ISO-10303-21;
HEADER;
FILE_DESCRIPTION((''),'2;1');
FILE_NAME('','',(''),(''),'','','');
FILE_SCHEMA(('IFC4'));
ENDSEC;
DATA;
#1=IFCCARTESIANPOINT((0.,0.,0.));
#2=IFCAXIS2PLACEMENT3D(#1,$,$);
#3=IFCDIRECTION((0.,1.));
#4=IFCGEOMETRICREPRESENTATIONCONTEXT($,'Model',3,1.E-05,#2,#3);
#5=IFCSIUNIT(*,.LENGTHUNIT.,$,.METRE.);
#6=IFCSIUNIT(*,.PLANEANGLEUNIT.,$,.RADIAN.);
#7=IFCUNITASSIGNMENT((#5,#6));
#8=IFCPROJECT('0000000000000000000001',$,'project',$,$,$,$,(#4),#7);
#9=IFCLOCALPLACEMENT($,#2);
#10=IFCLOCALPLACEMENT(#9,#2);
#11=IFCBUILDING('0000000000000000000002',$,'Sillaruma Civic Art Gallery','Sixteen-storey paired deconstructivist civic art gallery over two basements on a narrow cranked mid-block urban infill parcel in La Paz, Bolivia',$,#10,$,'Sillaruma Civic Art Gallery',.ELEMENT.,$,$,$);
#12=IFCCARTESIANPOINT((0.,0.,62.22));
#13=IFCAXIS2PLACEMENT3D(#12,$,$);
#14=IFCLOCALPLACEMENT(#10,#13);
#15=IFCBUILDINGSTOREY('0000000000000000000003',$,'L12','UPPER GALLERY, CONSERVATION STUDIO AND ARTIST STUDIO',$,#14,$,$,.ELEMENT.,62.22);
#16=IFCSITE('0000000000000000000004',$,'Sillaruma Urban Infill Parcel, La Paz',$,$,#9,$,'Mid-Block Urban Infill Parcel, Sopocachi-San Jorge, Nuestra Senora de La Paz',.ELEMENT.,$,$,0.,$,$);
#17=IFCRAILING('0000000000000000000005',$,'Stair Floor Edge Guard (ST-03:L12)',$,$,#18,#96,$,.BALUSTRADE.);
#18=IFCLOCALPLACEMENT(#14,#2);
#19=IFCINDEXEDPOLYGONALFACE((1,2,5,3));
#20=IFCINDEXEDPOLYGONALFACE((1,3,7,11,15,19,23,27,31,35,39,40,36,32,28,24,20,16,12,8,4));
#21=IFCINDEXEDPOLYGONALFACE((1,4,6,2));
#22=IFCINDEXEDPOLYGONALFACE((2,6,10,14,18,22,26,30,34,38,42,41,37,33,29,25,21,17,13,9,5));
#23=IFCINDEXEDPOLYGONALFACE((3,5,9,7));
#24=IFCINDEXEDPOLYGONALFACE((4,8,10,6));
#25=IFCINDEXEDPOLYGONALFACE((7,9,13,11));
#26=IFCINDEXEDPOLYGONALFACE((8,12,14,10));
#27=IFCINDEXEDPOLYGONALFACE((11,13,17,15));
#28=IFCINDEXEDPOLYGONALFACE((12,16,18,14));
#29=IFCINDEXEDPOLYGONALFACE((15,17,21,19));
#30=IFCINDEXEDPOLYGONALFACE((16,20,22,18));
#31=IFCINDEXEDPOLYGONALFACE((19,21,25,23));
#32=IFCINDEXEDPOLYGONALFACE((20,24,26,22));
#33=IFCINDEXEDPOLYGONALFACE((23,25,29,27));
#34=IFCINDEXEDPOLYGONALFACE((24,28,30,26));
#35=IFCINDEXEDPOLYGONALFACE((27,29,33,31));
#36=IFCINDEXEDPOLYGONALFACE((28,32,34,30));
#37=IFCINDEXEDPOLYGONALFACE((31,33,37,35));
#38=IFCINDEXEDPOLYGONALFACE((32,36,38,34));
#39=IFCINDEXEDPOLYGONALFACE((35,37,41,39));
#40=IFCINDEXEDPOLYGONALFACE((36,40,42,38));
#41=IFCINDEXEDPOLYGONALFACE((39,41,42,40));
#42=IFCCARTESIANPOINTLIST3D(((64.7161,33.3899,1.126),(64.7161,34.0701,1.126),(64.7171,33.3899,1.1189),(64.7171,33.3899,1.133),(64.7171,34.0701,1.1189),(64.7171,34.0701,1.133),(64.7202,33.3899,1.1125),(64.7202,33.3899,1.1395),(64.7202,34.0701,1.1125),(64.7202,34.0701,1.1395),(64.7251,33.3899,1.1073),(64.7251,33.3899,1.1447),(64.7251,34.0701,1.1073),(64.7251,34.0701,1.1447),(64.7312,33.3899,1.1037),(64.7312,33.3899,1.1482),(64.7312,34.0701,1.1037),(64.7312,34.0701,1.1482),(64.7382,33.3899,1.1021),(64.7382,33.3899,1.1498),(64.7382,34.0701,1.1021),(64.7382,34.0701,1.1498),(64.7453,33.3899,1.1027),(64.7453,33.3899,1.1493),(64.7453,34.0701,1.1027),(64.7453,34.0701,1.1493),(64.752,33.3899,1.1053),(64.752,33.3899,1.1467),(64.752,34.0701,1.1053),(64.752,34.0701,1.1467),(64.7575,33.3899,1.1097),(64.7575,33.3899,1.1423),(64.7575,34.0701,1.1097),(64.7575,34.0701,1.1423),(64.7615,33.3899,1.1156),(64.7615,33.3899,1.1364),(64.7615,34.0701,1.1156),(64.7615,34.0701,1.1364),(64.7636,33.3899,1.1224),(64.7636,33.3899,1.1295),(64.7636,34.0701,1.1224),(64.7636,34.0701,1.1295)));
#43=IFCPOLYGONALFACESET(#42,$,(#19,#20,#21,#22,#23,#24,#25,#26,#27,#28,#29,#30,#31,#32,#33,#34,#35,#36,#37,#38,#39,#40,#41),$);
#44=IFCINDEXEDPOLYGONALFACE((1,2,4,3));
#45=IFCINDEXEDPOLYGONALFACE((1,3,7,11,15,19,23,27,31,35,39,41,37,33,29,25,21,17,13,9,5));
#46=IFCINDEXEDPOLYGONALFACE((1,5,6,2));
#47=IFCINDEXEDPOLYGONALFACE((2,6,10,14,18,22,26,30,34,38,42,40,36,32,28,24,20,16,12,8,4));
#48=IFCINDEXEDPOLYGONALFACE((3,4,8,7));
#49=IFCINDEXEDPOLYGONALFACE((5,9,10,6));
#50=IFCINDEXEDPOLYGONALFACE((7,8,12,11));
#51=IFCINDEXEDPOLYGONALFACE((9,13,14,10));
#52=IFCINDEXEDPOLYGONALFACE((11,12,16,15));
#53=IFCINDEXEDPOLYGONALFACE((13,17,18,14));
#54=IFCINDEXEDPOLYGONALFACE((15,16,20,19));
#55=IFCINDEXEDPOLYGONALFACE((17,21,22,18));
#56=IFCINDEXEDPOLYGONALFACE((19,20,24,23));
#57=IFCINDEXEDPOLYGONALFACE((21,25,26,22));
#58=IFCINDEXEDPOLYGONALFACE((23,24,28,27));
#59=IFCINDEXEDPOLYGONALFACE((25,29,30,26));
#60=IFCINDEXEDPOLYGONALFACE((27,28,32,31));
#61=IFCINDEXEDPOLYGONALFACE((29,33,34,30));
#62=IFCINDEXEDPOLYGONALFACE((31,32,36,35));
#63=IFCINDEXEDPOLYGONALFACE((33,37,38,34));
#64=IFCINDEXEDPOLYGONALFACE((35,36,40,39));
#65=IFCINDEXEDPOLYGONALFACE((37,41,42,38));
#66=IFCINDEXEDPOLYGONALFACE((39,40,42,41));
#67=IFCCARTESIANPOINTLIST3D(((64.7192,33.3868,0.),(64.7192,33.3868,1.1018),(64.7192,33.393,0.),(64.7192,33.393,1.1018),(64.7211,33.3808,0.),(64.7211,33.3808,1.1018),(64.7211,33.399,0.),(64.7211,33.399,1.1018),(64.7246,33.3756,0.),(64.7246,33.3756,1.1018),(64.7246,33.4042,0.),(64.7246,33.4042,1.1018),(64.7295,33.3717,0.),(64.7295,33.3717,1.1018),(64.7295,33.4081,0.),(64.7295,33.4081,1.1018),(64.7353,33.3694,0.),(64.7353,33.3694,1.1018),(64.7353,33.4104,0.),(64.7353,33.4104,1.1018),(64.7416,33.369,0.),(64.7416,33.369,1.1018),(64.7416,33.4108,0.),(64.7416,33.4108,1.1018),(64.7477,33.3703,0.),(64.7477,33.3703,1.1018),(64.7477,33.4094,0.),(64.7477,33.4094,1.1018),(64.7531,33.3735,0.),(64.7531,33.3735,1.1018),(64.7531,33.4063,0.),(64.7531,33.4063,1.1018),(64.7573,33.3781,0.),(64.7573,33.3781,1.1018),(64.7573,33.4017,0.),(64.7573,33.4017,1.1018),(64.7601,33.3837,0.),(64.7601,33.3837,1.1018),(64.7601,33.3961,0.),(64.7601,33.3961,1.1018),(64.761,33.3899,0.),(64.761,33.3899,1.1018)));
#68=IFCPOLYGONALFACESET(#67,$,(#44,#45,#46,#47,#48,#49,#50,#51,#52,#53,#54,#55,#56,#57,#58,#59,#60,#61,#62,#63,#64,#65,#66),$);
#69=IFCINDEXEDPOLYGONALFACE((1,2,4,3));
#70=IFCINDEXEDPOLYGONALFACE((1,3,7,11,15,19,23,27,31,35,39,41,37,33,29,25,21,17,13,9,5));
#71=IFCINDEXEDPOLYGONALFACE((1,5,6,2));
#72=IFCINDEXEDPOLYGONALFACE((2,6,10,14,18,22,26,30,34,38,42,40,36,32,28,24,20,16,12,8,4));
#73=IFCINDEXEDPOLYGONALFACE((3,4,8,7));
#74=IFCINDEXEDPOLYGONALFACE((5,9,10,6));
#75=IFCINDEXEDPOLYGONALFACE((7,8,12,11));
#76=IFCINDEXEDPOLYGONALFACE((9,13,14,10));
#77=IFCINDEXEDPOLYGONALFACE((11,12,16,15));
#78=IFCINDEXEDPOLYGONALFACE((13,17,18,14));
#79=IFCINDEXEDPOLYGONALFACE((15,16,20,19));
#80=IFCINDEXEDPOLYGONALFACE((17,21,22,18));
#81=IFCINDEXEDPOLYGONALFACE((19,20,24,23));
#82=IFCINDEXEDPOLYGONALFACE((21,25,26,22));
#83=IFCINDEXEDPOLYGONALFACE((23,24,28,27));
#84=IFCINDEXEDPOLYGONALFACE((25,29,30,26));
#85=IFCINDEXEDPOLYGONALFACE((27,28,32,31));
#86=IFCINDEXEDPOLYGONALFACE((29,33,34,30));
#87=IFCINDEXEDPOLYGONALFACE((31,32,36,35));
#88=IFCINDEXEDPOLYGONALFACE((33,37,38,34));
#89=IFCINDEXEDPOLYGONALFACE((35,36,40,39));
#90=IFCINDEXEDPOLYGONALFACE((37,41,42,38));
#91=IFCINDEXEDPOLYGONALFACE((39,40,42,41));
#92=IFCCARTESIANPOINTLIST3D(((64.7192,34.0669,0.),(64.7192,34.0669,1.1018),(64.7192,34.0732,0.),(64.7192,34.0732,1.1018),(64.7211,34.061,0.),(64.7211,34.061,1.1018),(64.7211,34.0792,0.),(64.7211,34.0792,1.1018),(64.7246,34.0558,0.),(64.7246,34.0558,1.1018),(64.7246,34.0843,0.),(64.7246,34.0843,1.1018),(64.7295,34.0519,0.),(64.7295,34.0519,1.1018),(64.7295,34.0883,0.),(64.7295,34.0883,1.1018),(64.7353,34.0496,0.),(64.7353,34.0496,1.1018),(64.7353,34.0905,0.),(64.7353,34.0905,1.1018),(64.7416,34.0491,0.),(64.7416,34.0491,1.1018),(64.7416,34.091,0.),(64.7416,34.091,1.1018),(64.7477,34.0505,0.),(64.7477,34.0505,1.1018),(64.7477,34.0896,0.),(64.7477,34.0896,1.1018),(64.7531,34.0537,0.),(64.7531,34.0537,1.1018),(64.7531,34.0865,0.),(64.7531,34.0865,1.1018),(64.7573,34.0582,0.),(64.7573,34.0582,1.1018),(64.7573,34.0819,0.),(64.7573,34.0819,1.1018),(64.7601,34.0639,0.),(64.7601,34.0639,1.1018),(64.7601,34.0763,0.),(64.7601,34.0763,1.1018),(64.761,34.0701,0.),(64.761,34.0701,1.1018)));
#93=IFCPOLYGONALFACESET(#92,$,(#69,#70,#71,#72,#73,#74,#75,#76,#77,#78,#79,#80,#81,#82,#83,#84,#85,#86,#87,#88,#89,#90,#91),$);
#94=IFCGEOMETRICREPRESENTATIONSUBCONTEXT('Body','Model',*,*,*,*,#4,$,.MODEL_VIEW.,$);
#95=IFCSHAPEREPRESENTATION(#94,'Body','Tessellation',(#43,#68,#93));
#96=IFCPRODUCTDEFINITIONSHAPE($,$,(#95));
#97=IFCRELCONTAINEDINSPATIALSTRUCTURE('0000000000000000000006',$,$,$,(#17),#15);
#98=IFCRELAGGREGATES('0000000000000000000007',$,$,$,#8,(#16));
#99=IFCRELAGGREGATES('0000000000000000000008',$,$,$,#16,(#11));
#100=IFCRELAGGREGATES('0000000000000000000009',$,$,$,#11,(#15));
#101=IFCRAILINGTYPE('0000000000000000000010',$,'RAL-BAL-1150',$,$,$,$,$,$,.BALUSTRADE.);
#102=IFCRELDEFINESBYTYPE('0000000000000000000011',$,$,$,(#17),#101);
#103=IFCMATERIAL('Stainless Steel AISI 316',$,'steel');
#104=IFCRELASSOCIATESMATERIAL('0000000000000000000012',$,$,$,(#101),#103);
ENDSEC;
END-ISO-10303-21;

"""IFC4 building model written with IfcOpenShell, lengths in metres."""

from ifc_helpers import new_model, si_unit, direction, frame, origin, origin_2d, place, context, subcontext, project, spatial, circle, extrude, material, type_object, element, save


model = new_model("IFC4")

# Units and contexts
model_context = context("Model", 3, precision=1e-05, world=origin(), true_north=direction((0.0, 1.0)))
body_context = subcontext(model_context, "Body", "Model", "MODEL_VIEW")
ifc_project = project(units=[si_unit("LENGTHUNIT", "METRE"), si_unit("PLANEANGLEUNIT", "RADIAN")], contexts=[model_context])

# Site, building, storey
site_placement = place(None, origin())
site = spatial("IfcSite", under=ifc_project, at=site_placement, Name="Sillaruma Urban Infill Parcel, La Paz", LongName="Mid-Block Urban Infill Parcel, Sopocachi-San Jorge, Nuestra Senora de La Paz", CompositionType="ELEMENT", RefElevation=0.0)
building_placement = place(site_placement, origin())
building = spatial("IfcBuilding", under=site, at=building_placement, Name="Sillaruma Civic Art Gallery", Description="Sixteen-storey paired deconstructivist civic art gallery over two basements on a narrow cranked mid-block urban infill parcel in La Paz, Bolivia", LongName="Sillaruma Civic Art Gallery", CompositionType="ELEMENT")
storey_placement = place(building_placement, frame((0.0, 0.0, 62.22)))
storey = spatial("IfcBuildingStorey", under=building, at=storey_placement, Name="L12", Description="UPPER GALLERY, CONSERVATION STUDIO AND ARTIST STUDIO", CompositionType="ELEMENT", Elevation=62.22)

# Railing
ifc_material_1 = material(Name="Stainless Steel AISI 316", Category="steel")
railing_type_1 = type_object("IfcRailingType", Name="RAL-BAL-1150", PredefinedType="BALUSTRADE", material=ifc_material_1)
railing_1_placement = place(storey_placement, frame((64.74, 33.3899, 0.0)))
element("IfcRailing", 1, at=railing_1_placement, inside=storey, type_object=railing_type_1, Name="Stair Floor Edge Guard (ST-03:L12)", PredefinedType="BALUSTRADE", context=body_context, shape_type="SweptSolid", body=[
    extrude(circle(Radius=0.0239, at=origin_2d()), frame((0.0, 0.0, 1.126), z_axis=(0.0, 1.0, 0.0), x_axis=(-1.0, 0.0, 0.0)), (0.0, 0.0, 1.0), 0.6802),
    extrude(circle(Radius=0.021, at=origin_2d()), origin(), (0.0, 0.0, 1.0), 1.1018),
    extrude(circle(Radius=0.021, at=origin_2d()), frame((0.0, 0.6802, 0.0)), (0.0, 0.0, 1.0), 1.1018),
])

save(model, "model.ifc")
